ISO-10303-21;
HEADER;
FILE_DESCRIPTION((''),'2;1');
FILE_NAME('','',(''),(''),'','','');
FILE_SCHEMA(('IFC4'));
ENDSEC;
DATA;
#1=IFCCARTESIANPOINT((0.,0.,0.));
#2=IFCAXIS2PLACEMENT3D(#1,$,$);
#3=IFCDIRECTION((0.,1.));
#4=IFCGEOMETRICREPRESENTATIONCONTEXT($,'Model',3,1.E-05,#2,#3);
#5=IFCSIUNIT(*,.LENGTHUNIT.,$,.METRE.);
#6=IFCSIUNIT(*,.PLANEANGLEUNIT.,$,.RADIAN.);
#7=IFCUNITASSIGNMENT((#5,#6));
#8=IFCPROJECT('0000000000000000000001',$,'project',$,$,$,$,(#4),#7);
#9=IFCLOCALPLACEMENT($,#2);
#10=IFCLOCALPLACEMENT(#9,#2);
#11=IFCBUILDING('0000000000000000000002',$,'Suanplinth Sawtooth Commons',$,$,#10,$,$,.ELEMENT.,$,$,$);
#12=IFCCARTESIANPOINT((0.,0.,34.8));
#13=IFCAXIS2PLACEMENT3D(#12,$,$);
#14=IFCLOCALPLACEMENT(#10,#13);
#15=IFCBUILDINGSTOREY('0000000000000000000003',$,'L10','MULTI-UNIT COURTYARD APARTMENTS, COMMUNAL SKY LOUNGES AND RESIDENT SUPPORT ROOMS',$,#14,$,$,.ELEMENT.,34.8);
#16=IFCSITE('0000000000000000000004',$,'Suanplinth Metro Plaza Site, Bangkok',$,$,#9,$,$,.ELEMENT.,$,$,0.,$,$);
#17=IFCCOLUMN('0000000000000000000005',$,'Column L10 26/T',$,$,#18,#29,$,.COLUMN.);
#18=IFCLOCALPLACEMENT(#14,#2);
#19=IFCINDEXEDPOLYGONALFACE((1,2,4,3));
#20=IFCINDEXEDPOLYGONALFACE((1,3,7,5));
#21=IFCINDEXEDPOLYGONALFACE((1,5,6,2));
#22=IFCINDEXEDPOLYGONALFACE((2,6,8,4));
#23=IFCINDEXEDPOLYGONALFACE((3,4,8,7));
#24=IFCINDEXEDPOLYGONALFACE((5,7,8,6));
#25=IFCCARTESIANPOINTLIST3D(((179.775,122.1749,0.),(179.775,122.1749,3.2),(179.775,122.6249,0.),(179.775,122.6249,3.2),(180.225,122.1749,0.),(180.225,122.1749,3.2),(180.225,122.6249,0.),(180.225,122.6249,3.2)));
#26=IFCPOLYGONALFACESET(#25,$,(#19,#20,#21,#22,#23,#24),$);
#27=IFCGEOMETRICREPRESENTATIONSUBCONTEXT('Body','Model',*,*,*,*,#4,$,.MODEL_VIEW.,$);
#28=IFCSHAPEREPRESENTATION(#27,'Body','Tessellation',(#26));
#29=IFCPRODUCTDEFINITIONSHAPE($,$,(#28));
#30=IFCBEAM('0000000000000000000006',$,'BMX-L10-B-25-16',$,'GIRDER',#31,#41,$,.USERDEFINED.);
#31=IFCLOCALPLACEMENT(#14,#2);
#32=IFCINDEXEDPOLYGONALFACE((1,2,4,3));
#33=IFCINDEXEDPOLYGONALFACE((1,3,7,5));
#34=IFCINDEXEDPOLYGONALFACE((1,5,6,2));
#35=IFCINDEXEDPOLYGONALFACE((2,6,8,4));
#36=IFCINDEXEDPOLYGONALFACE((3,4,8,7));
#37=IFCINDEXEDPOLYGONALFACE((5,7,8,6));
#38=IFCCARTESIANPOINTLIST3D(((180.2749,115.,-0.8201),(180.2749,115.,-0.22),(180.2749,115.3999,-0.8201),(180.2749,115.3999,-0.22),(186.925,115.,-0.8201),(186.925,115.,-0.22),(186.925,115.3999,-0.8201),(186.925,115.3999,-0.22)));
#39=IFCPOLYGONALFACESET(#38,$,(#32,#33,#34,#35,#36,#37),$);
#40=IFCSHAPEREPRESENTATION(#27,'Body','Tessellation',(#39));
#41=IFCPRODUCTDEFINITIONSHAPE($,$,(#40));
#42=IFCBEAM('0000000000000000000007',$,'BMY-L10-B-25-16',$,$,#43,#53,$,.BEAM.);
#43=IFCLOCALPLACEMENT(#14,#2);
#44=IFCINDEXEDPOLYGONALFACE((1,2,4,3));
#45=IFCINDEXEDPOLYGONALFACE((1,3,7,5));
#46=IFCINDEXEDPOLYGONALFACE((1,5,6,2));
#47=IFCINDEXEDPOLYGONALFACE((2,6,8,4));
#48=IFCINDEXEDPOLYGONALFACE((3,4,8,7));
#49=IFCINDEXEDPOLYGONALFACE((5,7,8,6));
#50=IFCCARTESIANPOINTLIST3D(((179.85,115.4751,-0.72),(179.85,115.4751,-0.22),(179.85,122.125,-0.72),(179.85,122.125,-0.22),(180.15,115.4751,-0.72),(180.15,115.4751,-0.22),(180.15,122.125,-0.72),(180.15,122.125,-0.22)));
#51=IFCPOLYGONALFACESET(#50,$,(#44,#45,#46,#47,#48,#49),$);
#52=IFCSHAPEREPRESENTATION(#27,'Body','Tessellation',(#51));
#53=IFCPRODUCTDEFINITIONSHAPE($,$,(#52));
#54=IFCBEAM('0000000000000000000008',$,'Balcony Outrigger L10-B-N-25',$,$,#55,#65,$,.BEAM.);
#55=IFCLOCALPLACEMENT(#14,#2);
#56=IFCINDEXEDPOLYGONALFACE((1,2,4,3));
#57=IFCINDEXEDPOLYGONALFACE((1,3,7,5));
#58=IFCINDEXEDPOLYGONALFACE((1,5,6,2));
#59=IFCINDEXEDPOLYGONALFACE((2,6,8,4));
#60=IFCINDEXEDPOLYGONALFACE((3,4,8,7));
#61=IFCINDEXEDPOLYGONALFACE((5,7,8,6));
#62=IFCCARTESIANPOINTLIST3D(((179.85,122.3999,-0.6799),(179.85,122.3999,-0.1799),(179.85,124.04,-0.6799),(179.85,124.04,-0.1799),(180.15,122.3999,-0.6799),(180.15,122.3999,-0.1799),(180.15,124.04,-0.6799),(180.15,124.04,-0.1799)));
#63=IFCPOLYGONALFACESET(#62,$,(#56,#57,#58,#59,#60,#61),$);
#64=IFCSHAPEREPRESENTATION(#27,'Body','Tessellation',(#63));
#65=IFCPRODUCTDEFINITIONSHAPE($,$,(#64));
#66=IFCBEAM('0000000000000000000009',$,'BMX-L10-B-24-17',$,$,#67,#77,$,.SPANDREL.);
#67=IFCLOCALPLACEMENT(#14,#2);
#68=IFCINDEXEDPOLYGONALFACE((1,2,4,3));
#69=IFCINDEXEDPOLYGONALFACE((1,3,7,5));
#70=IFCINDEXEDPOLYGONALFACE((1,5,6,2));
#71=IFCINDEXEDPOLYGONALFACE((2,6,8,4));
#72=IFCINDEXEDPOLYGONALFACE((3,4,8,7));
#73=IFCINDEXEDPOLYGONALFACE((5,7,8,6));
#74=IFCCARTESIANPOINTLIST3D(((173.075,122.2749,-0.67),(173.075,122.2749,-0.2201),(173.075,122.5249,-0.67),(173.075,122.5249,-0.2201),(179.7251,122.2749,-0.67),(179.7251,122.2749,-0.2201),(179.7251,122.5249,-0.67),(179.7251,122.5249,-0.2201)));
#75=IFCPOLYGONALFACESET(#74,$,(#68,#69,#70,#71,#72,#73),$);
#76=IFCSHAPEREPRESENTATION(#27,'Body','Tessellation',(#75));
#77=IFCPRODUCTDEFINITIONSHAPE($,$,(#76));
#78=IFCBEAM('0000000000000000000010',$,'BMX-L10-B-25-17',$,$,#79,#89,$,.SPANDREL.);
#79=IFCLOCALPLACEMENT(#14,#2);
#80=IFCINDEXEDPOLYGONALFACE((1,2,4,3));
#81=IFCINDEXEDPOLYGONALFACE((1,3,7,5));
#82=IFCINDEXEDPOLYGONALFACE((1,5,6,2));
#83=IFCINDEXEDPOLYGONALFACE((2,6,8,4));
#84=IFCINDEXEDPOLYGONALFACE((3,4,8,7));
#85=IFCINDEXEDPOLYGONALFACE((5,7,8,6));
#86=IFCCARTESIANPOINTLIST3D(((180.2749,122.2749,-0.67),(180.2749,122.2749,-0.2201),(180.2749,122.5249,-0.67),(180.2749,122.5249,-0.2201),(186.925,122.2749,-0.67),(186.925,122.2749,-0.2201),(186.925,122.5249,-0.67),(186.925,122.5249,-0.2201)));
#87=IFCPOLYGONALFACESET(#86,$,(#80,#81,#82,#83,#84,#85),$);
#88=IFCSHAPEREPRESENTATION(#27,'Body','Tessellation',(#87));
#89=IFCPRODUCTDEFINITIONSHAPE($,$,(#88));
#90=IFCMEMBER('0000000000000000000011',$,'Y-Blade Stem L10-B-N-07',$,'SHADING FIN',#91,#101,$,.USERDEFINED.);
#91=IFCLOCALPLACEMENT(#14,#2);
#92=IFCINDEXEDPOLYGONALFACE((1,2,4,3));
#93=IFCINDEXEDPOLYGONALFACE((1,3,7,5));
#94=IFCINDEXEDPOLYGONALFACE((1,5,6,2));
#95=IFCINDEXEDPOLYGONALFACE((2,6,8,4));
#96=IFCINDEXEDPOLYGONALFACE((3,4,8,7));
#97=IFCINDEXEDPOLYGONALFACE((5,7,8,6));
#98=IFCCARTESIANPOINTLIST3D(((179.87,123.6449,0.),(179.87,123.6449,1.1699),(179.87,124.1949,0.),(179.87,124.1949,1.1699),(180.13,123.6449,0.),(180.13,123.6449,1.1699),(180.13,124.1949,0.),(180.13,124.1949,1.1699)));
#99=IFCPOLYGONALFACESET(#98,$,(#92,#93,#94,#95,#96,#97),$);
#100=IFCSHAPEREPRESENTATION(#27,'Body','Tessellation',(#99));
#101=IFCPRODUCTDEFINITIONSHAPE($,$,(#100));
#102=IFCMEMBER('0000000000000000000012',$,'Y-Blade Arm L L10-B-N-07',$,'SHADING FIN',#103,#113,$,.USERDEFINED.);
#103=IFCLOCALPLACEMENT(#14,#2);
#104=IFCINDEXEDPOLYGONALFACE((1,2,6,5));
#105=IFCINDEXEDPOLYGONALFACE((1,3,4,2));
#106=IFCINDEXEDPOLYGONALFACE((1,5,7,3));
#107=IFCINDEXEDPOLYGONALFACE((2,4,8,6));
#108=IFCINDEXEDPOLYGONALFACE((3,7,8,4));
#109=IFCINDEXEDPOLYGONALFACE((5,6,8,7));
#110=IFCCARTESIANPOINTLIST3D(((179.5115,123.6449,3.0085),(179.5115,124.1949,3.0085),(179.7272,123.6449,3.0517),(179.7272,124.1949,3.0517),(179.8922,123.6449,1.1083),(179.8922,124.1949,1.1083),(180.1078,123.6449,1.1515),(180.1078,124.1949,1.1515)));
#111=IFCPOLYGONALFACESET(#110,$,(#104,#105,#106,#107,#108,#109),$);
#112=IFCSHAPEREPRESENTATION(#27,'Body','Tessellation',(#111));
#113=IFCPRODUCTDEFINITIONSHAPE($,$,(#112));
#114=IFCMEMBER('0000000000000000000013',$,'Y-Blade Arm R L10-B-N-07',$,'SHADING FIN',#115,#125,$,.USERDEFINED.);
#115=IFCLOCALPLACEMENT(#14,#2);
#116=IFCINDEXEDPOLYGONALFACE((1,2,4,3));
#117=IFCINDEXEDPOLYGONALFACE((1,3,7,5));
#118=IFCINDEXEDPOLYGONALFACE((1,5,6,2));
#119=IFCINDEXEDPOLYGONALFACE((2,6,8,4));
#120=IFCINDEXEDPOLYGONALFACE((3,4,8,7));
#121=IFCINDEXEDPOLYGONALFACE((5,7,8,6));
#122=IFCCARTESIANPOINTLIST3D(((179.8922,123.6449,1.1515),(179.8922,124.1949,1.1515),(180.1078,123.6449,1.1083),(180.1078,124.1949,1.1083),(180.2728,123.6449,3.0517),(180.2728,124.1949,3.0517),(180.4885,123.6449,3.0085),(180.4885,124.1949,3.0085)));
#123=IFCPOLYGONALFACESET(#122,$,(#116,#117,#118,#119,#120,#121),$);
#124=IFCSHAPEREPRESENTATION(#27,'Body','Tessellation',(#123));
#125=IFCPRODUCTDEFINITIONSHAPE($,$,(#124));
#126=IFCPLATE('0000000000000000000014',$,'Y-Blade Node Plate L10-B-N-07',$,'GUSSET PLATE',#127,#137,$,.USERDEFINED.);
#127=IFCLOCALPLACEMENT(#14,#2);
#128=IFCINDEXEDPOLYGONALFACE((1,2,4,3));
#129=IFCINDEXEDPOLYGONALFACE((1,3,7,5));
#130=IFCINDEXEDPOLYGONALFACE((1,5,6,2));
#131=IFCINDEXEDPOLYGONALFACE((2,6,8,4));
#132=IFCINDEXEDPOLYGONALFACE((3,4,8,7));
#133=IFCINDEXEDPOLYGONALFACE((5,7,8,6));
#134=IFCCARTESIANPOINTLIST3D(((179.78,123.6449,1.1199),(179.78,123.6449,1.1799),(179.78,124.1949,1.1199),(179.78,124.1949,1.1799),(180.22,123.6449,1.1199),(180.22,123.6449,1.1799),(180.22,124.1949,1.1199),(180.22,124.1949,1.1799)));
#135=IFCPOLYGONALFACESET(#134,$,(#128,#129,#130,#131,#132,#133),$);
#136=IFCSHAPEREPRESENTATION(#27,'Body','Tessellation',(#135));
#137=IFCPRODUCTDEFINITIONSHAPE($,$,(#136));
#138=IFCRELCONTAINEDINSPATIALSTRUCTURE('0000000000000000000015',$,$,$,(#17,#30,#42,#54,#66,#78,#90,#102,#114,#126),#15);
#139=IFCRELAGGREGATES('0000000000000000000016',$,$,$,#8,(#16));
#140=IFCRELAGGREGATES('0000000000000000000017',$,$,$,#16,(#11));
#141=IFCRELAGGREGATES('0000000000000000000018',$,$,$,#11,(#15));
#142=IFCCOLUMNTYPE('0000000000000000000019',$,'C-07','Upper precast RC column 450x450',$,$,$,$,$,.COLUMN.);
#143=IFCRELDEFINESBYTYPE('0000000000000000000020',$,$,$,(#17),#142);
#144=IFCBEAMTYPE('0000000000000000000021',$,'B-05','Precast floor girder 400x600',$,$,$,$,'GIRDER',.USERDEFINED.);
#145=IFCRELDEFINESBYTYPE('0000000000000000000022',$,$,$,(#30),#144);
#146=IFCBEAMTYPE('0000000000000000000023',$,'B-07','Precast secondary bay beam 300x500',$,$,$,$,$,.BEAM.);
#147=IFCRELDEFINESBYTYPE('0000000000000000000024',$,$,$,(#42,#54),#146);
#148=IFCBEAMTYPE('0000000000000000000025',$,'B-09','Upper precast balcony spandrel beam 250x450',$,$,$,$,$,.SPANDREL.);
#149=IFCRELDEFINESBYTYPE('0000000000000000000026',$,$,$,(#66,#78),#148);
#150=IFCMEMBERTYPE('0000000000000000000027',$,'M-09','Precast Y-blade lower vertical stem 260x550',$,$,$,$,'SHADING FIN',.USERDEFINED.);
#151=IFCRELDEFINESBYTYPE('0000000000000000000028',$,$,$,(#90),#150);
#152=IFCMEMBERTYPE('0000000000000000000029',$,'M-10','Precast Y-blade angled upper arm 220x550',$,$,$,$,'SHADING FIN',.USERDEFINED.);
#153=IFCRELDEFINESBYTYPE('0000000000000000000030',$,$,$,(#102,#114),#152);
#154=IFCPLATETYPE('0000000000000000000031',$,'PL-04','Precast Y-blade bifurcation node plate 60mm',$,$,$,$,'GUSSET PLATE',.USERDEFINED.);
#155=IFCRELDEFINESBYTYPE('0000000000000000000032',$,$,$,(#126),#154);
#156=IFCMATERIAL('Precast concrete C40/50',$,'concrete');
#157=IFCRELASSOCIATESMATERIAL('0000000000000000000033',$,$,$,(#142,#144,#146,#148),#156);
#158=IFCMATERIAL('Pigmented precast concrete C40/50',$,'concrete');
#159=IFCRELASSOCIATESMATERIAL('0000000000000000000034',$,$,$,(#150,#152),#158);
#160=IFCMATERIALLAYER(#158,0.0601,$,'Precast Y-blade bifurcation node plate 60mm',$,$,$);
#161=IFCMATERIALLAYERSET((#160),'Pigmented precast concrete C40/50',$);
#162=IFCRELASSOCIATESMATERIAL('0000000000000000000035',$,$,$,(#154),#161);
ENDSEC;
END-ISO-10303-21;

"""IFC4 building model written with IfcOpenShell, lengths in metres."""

from ifc_helpers import new_model, si_unit, direction, frame, origin, origin_2d, place, context, subcontext, project, spatial, rectangle, extrude, material, layer, layer_set, material_profile, profile_set, type_object, element, save


model = new_model("IFC4")

# Units and contexts
model_context = context("Model", 3, precision=1e-05, world=origin(), true_north=direction((0.0, 1.0)))
body_context = subcontext(model_context, "Body", "Model", "MODEL_VIEW")
ifc_project = project(units=[si_unit("LENGTHUNIT", "METRE"), si_unit("PLANEANGLEUNIT", "RADIAN")], contexts=[model_context])

# Site, building, storey
site_placement = place(None, origin())
site = spatial("IfcSite", under=ifc_project, at=site_placement, Name="Suanplinth Metro Plaza Site, Bangkok", CompositionType="ELEMENT", RefElevation=0.0)
building_placement = place(site_placement, origin())
building = spatial("IfcBuilding", under=site, at=building_placement, Name="Suanplinth Sawtooth Commons", CompositionType="ELEMENT")
storey_placement = place(building_placement, frame((0.0, 0.0, 34.8)))
storey = spatial("IfcBuildingStorey", under=building, at=storey_placement, Name="L10", Description="MULTI-UNIT COURTYARD APARTMENTS, COMMUNAL SKY LOUNGES AND RESIDENT SUPPORT ROOMS", CompositionType="ELEMENT", Elevation=34.8)

# Column
ifc_material_1 = material(Name="Precast concrete C40/50", Category="concrete")
ifc_material_profile_1 = material_profile(ifc_material_1, rectangle(XDim=0.45, YDim=0.45, at=origin_2d()), Name="PC-COL 450x450")
ifc_profile_set_1 = profile_set([ifc_material_profile_1], Name="Precast concrete C40/50")
column_type = type_object("IfcColumnType", Name="C-07", Description="Upper precast RC column 450x450", PredefinedType="COLUMN", material=ifc_profile_set_1)
column_placement = place(storey_placement, frame((180.0, 122.3999, 0.0), z_axis=(0.0, 0.0, 1.0), x_axis=(1.0, 0.0, 0.0)))
element("IfcColumn", 1, at=column_placement, inside=storey, type_object=column_type, Name="Column L10 26/T", PredefinedType="COLUMN", context=body_context, shape_type="SweptSolid", body=[
    extrude(rectangle(XDim=0.45, YDim=0.45, at=origin_2d()), origin(), (0.0, 0.0, 1.0), 3.2),
])

# Beams
ifc_material_profile_2 = material_profile(ifc_material_1, rectangle(XDim=0.3999, YDim=0.6001, at=origin_2d()), Name="PC-GDR 400x600")
ifc_profile_set_2 = profile_set([ifc_material_profile_2], Name="Precast concrete C40/50")
beam_type_1 = type_object("IfcBeamType", Name="B-05", Description="Precast floor girder 400x600", ElementType="GIRDER", PredefinedType="USERDEFINED", material=ifc_profile_set_2)
beam_1_placement = place(storey_placement, frame((180.2749, 115.2, -0.52), z_axis=(1.0, 0.0, 0.0), x_axis=(0.0, 1.0, 0.0)))
element("IfcBeam", 2, at=beam_1_placement, inside=storey, type_object=beam_type_1, Name="BMX-L10-B-25-16", ObjectType="GIRDER", PredefinedType="USERDEFINED", context=body_context, shape_type="SweptSolid", body=[
    extrude(rectangle(XDim=0.3999, YDim=0.6001, at=origin_2d()), origin(), (0.0, 0.0, 1.0), 6.6501),
])
ifc_material_profile_3 = material_profile(ifc_material_1, rectangle(XDim=0.3, YDim=0.5, at=origin_2d()), Name="PC-BM 300x500")
ifc_profile_set_3 = profile_set([ifc_material_profile_3], Name="Precast concrete C40/50")
beam_type_2 = type_object("IfcBeamType", Name="B-07", Description="Precast secondary bay beam 300x500", PredefinedType="BEAM", material=ifc_profile_set_3)
beam_2_placement = place(storey_placement, frame((180.0, 115.4751, -0.47), z_axis=(0.0, 1.0, 0.0), x_axis=(-1.0, 0.0, 0.0)))
element("IfcBeam", 3, at=beam_2_placement, inside=storey, type_object=beam_type_2, Name="BMY-L10-B-25-16", PredefinedType="BEAM", context=body_context, shape_type="SweptSolid", body=[
    extrude(rectangle(XDim=0.3, YDim=0.5, at=origin_2d()), origin(), (0.0, 0.0, 1.0), 6.6499),
])
beam_3_placement = place(storey_placement, frame((180.0, 122.3999, -0.4299), z_axis=(0.0, 1.0, 0.0), x_axis=(-1.0, 0.0, 0.0)))
element("IfcBeam", 4, at=beam_3_placement, inside=storey, type_object=beam_type_2, Name="Balcony Outrigger L10-B-N-25", PredefinedType="BEAM", context=body_context, shape_type="SweptSolid", body=[
    extrude(rectangle(XDim=0.3, YDim=0.5, at=origin_2d()), origin(), (0.0, 0.0, 1.0), 1.6401),
])
ifc_material_profile_4 = material_profile(ifc_material_1, rectangle(XDim=0.25, YDim=0.45, at=origin_2d()), Name="PC-SP 250x450")
ifc_profile_set_4 = profile_set([ifc_material_profile_4], Name="Precast concrete C40/50")
beam_type_3 = type_object("IfcBeamType", Name="B-09", Description="Upper precast balcony spandrel beam 250x450", PredefinedType="SPANDREL", material=ifc_profile_set_4)
for number, where, z_axis, x_axis, name in (
    (5, (173.075, 122.3999, -0.4451), (1.0, 0.0, 0.0), (0.0, 1.0, 0.0), "BMX-L10-B-24-17"),
    (6, (180.2749, 122.3999, -0.4451), (1.0, 0.0, 0.0), (0.0, 1.0, 0.0), "BMX-L10-B-25-17"),
):
    element("IfcBeam", number, at=place(storey_placement, frame(where, z_axis=z_axis, x_axis=x_axis)), inside=storey, type_object=beam_type_3, Name=name, PredefinedType="SPANDREL", context=body_context, shape_type="SweptSolid", body=[
        extrude(rectangle(XDim=0.25, YDim=0.45, at=origin_2d()), origin(), (0.0, 0.0, 1.0), 6.6501),
    ])

# Members
ifc_material_2 = material(Name="Pigmented precast concrete C40/50", Category="concrete")
ifc_material_profile_5 = material_profile(ifc_material_2, rectangle(XDim=0.26, YDim=0.55, at=origin_2d()), Name="PC-FIN 260x550")
ifc_profile_set_5 = profile_set([ifc_material_profile_5], Name="Pigmented precast concrete C40/50")
member_type_1 = type_object("IfcMemberType", Name="M-09", Description="Precast Y-blade lower vertical stem 260x550", ElementType="SHADING FIN", PredefinedType="USERDEFINED", material=ifc_profile_set_5)
member_placement = place(storey_placement, frame((180.0, 123.9199, 0.0), z_axis=(0.0, 0.0, 1.0), x_axis=(1.0, 0.0, 0.0)))
element("IfcMember", 7, at=member_placement, inside=storey, type_object=member_type_1, Name="Y-Blade Stem L10-B-N-07", ObjectType="SHADING FIN", PredefinedType="USERDEFINED", context=body_context, shape_type="SweptSolid", body=[
    extrude(rectangle(XDim=0.26, YDim=0.55, at=origin_2d()), origin(), (0.0, 0.0, 1.0), 1.1699),
])
ifc_material_profile_6 = material_profile(ifc_material_2, rectangle(XDim=0.22, YDim=0.55, at=origin_2d()), Name="PC-FIN 220x550")
ifc_profile_set_6 = profile_set([ifc_material_profile_6], Name="Pigmented precast concrete C40/50")
member_type_2 = type_object("IfcMemberType", Name="M-10", Description="Precast Y-blade angled upper arm 220x550", ElementType="SHADING FIN", PredefinedType="USERDEFINED", material=ifc_profile_set_6)
for number, where, z_axis, x_axis, name in (
    (8, (180.0, 123.9199, 1.1299), (-0.196407, 0.0, 0.980522), (0.980522, 0.0, 0.196407), "Y-Blade Arm L L10-B-N-07"),
    (9, (180.0, 123.9199, 1.1299), (0.196407, 0.0, 0.980522), (-0.980522, 0.0, 0.196407), "Y-Blade Arm R L10-B-N-07"),
):
    element("IfcMember", number, at=place(storey_placement, frame(where, z_axis=z_axis, x_axis=x_axis)), inside=storey, type_object=member_type_2, Name=name, ObjectType="SHADING FIN", PredefinedType="USERDEFINED", context=body_context, shape_type="SweptSolid", body=[
        extrude(rectangle(XDim=0.22, YDim=0.55, at=origin_2d()), origin(), (0.0, 0.0, 1.0), 1.938),
    ])

# Plate
ifc_layer_1 = layer(ifc_material_2, 0.0601, Name="Precast Y-blade bifurcation node plate 60mm")
ifc_layer_set_1 = layer_set([ifc_layer_1], Name="Pigmented precast concrete C40/50")
plate_type = type_object("IfcPlateType", Name="PL-04", Description="Precast Y-blade bifurcation node plate 60mm", ElementType="GUSSET PLATE", PredefinedType="USERDEFINED", material=ifc_layer_set_1)
plate_placement = place(storey_placement, frame((180.0, 123.9199, 1.1199), z_axis=(0.0, 0.0, 1.0), x_axis=(1.0, 0.0, 0.0)))
element("IfcPlate", 10, at=plate_placement, inside=storey, type_object=plate_type, Name="Y-Blade Node Plate L10-B-N-07", ObjectType="GUSSET PLATE", PredefinedType="USERDEFINED", context=body_context, shape_type="SweptSolid", body=[
    extrude(rectangle(XDim=0.4399, YDim=0.55, at=origin_2d()), origin(), (0.0, 0.0, 1.0), 0.0601),
])

save(model, "model.ifc")
